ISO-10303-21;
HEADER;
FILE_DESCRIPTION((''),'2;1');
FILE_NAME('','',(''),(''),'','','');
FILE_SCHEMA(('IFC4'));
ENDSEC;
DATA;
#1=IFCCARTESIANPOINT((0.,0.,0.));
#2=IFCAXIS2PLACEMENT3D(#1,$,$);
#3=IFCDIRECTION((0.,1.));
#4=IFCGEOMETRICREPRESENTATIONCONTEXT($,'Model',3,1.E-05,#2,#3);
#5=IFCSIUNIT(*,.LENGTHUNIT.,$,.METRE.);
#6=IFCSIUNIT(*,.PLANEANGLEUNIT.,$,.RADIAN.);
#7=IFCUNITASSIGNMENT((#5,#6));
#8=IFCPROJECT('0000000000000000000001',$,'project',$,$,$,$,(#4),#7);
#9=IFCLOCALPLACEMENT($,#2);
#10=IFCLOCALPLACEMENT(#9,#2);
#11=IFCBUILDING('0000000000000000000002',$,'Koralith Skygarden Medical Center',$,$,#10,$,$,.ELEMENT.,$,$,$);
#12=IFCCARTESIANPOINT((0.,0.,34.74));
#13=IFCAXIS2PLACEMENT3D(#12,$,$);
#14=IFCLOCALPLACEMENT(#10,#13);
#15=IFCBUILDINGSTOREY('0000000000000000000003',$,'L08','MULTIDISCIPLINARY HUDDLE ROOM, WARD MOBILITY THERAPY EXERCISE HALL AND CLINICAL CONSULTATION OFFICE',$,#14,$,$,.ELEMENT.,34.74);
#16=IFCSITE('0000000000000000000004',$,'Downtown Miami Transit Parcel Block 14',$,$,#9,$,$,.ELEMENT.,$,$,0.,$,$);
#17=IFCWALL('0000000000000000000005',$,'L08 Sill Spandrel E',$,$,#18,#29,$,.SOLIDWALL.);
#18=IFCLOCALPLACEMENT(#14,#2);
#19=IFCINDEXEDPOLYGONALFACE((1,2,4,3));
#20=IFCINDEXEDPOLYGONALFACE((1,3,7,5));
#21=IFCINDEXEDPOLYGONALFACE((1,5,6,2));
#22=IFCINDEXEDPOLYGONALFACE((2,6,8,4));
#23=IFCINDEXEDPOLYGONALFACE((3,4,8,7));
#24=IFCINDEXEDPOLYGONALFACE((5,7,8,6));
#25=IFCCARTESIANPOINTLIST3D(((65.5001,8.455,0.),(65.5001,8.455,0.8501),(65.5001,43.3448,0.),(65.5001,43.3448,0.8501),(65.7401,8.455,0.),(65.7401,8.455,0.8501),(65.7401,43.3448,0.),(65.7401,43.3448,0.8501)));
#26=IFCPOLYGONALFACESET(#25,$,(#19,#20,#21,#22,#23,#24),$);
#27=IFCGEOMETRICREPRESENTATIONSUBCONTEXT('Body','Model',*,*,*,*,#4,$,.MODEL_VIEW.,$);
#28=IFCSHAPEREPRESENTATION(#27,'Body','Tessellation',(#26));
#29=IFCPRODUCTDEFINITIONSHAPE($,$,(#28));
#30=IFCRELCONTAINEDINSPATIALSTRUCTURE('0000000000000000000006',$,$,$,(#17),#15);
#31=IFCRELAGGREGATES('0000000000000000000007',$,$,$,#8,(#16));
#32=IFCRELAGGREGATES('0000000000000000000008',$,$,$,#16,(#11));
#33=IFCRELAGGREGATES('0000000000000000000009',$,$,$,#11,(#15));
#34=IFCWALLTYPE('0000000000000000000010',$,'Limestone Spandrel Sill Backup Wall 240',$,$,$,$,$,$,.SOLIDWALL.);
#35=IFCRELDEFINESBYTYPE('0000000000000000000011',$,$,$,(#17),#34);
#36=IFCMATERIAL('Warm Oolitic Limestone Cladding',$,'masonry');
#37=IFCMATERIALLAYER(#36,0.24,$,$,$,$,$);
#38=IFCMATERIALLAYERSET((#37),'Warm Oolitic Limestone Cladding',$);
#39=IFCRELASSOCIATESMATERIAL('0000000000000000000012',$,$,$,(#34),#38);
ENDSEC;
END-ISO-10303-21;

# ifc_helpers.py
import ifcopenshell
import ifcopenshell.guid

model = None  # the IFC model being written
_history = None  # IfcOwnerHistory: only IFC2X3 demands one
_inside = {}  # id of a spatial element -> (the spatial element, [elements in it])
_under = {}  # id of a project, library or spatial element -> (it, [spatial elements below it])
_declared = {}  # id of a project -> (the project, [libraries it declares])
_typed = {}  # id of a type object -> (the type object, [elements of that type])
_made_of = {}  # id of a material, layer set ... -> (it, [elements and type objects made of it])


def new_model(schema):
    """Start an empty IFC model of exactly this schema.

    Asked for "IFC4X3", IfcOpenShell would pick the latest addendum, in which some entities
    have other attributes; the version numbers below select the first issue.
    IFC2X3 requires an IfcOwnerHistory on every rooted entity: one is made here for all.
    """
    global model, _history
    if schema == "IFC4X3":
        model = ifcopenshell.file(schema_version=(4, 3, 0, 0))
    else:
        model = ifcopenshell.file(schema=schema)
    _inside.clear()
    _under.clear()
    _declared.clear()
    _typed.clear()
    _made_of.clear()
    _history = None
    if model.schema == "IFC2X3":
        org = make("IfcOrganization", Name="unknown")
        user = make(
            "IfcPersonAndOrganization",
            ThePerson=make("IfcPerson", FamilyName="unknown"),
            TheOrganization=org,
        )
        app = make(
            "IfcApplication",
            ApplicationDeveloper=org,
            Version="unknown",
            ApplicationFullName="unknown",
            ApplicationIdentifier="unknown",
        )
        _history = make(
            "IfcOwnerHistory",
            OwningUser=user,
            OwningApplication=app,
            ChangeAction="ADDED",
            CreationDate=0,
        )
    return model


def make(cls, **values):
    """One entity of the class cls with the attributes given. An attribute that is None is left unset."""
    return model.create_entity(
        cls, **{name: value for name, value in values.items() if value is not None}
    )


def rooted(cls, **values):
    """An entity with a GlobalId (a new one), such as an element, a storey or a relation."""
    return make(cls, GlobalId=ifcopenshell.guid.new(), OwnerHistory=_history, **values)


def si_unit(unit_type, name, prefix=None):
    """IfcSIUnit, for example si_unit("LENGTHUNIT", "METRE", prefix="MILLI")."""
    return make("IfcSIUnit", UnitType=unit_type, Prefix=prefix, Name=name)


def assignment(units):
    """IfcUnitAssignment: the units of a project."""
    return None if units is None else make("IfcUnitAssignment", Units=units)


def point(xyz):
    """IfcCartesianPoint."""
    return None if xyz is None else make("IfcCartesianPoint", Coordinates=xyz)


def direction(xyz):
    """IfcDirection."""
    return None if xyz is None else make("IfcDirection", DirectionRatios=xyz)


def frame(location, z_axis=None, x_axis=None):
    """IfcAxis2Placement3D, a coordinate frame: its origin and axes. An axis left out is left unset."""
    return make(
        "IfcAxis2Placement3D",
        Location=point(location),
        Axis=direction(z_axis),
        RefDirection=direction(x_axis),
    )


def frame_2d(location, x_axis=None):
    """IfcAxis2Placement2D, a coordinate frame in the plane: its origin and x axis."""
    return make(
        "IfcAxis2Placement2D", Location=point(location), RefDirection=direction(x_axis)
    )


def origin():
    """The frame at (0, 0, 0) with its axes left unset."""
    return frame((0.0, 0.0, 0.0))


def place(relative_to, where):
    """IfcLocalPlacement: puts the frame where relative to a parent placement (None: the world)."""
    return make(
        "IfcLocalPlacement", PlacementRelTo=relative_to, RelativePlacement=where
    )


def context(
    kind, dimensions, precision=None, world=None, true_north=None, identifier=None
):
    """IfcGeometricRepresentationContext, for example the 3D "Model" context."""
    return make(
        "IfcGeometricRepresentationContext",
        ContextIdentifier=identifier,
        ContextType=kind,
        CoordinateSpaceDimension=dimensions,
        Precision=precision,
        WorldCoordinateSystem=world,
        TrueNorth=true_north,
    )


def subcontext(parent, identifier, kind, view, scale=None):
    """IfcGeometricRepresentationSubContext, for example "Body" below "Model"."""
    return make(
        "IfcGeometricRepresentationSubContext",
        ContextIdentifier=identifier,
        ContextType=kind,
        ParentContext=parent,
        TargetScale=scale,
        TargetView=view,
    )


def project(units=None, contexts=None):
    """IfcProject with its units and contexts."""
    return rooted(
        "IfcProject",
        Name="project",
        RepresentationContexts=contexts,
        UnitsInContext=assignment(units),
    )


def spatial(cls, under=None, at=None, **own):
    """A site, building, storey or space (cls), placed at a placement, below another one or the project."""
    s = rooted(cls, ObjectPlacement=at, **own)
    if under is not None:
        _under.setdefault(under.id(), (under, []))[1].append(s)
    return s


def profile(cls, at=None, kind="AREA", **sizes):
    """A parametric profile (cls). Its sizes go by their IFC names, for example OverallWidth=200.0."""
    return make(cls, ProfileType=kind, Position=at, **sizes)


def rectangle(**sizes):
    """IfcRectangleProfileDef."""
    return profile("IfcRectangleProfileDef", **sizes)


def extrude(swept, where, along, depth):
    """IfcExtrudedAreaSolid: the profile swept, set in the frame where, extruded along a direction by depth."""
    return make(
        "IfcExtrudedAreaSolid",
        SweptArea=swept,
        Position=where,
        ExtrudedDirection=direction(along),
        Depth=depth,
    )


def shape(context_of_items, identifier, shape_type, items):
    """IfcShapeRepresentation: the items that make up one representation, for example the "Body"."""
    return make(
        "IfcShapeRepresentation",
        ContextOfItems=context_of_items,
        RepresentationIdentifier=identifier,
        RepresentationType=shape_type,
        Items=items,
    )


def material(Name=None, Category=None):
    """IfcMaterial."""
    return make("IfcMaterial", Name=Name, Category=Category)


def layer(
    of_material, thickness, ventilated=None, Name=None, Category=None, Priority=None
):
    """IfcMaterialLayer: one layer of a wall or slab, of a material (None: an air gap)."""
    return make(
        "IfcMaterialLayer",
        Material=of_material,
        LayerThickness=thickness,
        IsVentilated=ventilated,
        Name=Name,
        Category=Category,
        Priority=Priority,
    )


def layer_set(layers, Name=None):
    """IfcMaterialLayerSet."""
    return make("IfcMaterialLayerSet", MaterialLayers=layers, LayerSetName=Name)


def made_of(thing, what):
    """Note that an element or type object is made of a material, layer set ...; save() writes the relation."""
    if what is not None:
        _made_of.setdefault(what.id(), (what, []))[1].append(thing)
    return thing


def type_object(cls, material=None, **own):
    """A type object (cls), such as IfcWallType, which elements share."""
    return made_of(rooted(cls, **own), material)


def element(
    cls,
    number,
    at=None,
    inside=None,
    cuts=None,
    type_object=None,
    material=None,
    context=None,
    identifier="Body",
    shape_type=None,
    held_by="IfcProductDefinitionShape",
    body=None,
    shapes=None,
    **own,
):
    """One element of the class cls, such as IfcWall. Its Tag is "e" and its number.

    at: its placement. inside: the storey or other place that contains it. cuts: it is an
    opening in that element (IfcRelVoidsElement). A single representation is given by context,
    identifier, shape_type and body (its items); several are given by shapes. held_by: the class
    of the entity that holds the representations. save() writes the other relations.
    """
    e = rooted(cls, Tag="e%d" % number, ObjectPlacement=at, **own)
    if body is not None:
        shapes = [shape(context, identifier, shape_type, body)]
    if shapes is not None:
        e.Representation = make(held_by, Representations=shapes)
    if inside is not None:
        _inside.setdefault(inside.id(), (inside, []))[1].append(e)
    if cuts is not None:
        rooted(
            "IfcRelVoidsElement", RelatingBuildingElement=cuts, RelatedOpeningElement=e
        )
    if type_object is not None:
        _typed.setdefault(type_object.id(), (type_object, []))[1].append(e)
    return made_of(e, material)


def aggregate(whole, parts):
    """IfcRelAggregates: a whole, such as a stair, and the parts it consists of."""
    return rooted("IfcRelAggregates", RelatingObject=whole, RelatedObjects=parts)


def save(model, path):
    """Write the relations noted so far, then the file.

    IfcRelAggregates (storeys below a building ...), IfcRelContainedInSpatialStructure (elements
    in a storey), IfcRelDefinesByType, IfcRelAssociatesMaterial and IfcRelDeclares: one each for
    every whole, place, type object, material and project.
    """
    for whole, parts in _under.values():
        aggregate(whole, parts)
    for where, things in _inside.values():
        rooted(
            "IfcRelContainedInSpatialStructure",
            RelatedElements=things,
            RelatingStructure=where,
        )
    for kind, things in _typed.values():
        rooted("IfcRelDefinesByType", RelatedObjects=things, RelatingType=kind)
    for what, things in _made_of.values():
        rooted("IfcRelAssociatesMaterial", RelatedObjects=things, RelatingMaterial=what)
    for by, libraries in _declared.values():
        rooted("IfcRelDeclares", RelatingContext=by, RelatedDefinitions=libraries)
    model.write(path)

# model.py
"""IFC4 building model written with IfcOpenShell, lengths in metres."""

from ifc_helpers import new_model, si_unit, direction, frame, frame_2d, origin, place, context, subcontext, project, spatial, rectangle, extrude, material, layer, layer_set, type_object, element, save


model = new_model("IFC4")

# Units and contexts
model_context = context("Model", 3, precision=1e-05, world=origin(), true_north=direction((0.0, 1.0)))
body_context = subcontext(model_context, "Body", "Model", "MODEL_VIEW")
ifc_project = project(units=[si_unit("LENGTHUNIT", "METRE"), si_unit("PLANEANGLEUNIT", "RADIAN")], contexts=[model_context])

# Site, building, storey
site_placement = place(None, origin())
site = spatial("IfcSite", under=ifc_project, at=site_placement, Name="Downtown Miami Transit Parcel Block 14", CompositionType="ELEMENT", RefElevation=0.0)
building_placement = place(site_placement, origin())
building = spatial("IfcBuilding", under=site, at=building_placement, Name="Koralith Skygarden Medical Center", CompositionType="ELEMENT")
storey_placement = place(building_placement, frame((0.0, 0.0, 34.74)))
storey = spatial("IfcBuildingStorey", under=building, at=storey_placement, Name="L08", Description="MULTIDISCIPLINARY HUDDLE ROOM, WARD MOBILITY THERAPY EXERCISE HALL AND CLINICAL CONSULTATION OFFICE", CompositionType="ELEMENT", Elevation=34.74)

# Wall
ifc_material_1 = material(Name="Warm Oolitic Limestone Cladding", Category="masonry")
ifc_layer_1 = layer(ifc_material_1, 0.24)
ifc_layer_set_1 = layer_set([ifc_layer_1], Name="Warm Oolitic Limestone Cladding")
wall_type_1 = type_object("IfcWallType", Name="Limestone Spandrel Sill Backup Wall 240", PredefinedType="SOLIDWALL", material=ifc_layer_set_1)
wall_1_placement = place(storey_placement, frame((65.6201, 8.4551, 0.0), z_axis=(0.0, 0.0, 1.0), x_axis=(0.0, 1.0, 0.0)))
element("IfcWall", 1, at=wall_1_placement, inside=storey, type_object=wall_type_1, Name="L08 Sill Spandrel E", PredefinedType="SOLIDWALL", context=body_context, shape_type="SweptSolid", body=[
    extrude(rectangle(XDim=34.8899, YDim=0.24, at=frame_2d((17.4448, 0.0))), origin(), (0.0, 0.0, 1.0), 0.8501),
])

save(model, "model.ifc")
